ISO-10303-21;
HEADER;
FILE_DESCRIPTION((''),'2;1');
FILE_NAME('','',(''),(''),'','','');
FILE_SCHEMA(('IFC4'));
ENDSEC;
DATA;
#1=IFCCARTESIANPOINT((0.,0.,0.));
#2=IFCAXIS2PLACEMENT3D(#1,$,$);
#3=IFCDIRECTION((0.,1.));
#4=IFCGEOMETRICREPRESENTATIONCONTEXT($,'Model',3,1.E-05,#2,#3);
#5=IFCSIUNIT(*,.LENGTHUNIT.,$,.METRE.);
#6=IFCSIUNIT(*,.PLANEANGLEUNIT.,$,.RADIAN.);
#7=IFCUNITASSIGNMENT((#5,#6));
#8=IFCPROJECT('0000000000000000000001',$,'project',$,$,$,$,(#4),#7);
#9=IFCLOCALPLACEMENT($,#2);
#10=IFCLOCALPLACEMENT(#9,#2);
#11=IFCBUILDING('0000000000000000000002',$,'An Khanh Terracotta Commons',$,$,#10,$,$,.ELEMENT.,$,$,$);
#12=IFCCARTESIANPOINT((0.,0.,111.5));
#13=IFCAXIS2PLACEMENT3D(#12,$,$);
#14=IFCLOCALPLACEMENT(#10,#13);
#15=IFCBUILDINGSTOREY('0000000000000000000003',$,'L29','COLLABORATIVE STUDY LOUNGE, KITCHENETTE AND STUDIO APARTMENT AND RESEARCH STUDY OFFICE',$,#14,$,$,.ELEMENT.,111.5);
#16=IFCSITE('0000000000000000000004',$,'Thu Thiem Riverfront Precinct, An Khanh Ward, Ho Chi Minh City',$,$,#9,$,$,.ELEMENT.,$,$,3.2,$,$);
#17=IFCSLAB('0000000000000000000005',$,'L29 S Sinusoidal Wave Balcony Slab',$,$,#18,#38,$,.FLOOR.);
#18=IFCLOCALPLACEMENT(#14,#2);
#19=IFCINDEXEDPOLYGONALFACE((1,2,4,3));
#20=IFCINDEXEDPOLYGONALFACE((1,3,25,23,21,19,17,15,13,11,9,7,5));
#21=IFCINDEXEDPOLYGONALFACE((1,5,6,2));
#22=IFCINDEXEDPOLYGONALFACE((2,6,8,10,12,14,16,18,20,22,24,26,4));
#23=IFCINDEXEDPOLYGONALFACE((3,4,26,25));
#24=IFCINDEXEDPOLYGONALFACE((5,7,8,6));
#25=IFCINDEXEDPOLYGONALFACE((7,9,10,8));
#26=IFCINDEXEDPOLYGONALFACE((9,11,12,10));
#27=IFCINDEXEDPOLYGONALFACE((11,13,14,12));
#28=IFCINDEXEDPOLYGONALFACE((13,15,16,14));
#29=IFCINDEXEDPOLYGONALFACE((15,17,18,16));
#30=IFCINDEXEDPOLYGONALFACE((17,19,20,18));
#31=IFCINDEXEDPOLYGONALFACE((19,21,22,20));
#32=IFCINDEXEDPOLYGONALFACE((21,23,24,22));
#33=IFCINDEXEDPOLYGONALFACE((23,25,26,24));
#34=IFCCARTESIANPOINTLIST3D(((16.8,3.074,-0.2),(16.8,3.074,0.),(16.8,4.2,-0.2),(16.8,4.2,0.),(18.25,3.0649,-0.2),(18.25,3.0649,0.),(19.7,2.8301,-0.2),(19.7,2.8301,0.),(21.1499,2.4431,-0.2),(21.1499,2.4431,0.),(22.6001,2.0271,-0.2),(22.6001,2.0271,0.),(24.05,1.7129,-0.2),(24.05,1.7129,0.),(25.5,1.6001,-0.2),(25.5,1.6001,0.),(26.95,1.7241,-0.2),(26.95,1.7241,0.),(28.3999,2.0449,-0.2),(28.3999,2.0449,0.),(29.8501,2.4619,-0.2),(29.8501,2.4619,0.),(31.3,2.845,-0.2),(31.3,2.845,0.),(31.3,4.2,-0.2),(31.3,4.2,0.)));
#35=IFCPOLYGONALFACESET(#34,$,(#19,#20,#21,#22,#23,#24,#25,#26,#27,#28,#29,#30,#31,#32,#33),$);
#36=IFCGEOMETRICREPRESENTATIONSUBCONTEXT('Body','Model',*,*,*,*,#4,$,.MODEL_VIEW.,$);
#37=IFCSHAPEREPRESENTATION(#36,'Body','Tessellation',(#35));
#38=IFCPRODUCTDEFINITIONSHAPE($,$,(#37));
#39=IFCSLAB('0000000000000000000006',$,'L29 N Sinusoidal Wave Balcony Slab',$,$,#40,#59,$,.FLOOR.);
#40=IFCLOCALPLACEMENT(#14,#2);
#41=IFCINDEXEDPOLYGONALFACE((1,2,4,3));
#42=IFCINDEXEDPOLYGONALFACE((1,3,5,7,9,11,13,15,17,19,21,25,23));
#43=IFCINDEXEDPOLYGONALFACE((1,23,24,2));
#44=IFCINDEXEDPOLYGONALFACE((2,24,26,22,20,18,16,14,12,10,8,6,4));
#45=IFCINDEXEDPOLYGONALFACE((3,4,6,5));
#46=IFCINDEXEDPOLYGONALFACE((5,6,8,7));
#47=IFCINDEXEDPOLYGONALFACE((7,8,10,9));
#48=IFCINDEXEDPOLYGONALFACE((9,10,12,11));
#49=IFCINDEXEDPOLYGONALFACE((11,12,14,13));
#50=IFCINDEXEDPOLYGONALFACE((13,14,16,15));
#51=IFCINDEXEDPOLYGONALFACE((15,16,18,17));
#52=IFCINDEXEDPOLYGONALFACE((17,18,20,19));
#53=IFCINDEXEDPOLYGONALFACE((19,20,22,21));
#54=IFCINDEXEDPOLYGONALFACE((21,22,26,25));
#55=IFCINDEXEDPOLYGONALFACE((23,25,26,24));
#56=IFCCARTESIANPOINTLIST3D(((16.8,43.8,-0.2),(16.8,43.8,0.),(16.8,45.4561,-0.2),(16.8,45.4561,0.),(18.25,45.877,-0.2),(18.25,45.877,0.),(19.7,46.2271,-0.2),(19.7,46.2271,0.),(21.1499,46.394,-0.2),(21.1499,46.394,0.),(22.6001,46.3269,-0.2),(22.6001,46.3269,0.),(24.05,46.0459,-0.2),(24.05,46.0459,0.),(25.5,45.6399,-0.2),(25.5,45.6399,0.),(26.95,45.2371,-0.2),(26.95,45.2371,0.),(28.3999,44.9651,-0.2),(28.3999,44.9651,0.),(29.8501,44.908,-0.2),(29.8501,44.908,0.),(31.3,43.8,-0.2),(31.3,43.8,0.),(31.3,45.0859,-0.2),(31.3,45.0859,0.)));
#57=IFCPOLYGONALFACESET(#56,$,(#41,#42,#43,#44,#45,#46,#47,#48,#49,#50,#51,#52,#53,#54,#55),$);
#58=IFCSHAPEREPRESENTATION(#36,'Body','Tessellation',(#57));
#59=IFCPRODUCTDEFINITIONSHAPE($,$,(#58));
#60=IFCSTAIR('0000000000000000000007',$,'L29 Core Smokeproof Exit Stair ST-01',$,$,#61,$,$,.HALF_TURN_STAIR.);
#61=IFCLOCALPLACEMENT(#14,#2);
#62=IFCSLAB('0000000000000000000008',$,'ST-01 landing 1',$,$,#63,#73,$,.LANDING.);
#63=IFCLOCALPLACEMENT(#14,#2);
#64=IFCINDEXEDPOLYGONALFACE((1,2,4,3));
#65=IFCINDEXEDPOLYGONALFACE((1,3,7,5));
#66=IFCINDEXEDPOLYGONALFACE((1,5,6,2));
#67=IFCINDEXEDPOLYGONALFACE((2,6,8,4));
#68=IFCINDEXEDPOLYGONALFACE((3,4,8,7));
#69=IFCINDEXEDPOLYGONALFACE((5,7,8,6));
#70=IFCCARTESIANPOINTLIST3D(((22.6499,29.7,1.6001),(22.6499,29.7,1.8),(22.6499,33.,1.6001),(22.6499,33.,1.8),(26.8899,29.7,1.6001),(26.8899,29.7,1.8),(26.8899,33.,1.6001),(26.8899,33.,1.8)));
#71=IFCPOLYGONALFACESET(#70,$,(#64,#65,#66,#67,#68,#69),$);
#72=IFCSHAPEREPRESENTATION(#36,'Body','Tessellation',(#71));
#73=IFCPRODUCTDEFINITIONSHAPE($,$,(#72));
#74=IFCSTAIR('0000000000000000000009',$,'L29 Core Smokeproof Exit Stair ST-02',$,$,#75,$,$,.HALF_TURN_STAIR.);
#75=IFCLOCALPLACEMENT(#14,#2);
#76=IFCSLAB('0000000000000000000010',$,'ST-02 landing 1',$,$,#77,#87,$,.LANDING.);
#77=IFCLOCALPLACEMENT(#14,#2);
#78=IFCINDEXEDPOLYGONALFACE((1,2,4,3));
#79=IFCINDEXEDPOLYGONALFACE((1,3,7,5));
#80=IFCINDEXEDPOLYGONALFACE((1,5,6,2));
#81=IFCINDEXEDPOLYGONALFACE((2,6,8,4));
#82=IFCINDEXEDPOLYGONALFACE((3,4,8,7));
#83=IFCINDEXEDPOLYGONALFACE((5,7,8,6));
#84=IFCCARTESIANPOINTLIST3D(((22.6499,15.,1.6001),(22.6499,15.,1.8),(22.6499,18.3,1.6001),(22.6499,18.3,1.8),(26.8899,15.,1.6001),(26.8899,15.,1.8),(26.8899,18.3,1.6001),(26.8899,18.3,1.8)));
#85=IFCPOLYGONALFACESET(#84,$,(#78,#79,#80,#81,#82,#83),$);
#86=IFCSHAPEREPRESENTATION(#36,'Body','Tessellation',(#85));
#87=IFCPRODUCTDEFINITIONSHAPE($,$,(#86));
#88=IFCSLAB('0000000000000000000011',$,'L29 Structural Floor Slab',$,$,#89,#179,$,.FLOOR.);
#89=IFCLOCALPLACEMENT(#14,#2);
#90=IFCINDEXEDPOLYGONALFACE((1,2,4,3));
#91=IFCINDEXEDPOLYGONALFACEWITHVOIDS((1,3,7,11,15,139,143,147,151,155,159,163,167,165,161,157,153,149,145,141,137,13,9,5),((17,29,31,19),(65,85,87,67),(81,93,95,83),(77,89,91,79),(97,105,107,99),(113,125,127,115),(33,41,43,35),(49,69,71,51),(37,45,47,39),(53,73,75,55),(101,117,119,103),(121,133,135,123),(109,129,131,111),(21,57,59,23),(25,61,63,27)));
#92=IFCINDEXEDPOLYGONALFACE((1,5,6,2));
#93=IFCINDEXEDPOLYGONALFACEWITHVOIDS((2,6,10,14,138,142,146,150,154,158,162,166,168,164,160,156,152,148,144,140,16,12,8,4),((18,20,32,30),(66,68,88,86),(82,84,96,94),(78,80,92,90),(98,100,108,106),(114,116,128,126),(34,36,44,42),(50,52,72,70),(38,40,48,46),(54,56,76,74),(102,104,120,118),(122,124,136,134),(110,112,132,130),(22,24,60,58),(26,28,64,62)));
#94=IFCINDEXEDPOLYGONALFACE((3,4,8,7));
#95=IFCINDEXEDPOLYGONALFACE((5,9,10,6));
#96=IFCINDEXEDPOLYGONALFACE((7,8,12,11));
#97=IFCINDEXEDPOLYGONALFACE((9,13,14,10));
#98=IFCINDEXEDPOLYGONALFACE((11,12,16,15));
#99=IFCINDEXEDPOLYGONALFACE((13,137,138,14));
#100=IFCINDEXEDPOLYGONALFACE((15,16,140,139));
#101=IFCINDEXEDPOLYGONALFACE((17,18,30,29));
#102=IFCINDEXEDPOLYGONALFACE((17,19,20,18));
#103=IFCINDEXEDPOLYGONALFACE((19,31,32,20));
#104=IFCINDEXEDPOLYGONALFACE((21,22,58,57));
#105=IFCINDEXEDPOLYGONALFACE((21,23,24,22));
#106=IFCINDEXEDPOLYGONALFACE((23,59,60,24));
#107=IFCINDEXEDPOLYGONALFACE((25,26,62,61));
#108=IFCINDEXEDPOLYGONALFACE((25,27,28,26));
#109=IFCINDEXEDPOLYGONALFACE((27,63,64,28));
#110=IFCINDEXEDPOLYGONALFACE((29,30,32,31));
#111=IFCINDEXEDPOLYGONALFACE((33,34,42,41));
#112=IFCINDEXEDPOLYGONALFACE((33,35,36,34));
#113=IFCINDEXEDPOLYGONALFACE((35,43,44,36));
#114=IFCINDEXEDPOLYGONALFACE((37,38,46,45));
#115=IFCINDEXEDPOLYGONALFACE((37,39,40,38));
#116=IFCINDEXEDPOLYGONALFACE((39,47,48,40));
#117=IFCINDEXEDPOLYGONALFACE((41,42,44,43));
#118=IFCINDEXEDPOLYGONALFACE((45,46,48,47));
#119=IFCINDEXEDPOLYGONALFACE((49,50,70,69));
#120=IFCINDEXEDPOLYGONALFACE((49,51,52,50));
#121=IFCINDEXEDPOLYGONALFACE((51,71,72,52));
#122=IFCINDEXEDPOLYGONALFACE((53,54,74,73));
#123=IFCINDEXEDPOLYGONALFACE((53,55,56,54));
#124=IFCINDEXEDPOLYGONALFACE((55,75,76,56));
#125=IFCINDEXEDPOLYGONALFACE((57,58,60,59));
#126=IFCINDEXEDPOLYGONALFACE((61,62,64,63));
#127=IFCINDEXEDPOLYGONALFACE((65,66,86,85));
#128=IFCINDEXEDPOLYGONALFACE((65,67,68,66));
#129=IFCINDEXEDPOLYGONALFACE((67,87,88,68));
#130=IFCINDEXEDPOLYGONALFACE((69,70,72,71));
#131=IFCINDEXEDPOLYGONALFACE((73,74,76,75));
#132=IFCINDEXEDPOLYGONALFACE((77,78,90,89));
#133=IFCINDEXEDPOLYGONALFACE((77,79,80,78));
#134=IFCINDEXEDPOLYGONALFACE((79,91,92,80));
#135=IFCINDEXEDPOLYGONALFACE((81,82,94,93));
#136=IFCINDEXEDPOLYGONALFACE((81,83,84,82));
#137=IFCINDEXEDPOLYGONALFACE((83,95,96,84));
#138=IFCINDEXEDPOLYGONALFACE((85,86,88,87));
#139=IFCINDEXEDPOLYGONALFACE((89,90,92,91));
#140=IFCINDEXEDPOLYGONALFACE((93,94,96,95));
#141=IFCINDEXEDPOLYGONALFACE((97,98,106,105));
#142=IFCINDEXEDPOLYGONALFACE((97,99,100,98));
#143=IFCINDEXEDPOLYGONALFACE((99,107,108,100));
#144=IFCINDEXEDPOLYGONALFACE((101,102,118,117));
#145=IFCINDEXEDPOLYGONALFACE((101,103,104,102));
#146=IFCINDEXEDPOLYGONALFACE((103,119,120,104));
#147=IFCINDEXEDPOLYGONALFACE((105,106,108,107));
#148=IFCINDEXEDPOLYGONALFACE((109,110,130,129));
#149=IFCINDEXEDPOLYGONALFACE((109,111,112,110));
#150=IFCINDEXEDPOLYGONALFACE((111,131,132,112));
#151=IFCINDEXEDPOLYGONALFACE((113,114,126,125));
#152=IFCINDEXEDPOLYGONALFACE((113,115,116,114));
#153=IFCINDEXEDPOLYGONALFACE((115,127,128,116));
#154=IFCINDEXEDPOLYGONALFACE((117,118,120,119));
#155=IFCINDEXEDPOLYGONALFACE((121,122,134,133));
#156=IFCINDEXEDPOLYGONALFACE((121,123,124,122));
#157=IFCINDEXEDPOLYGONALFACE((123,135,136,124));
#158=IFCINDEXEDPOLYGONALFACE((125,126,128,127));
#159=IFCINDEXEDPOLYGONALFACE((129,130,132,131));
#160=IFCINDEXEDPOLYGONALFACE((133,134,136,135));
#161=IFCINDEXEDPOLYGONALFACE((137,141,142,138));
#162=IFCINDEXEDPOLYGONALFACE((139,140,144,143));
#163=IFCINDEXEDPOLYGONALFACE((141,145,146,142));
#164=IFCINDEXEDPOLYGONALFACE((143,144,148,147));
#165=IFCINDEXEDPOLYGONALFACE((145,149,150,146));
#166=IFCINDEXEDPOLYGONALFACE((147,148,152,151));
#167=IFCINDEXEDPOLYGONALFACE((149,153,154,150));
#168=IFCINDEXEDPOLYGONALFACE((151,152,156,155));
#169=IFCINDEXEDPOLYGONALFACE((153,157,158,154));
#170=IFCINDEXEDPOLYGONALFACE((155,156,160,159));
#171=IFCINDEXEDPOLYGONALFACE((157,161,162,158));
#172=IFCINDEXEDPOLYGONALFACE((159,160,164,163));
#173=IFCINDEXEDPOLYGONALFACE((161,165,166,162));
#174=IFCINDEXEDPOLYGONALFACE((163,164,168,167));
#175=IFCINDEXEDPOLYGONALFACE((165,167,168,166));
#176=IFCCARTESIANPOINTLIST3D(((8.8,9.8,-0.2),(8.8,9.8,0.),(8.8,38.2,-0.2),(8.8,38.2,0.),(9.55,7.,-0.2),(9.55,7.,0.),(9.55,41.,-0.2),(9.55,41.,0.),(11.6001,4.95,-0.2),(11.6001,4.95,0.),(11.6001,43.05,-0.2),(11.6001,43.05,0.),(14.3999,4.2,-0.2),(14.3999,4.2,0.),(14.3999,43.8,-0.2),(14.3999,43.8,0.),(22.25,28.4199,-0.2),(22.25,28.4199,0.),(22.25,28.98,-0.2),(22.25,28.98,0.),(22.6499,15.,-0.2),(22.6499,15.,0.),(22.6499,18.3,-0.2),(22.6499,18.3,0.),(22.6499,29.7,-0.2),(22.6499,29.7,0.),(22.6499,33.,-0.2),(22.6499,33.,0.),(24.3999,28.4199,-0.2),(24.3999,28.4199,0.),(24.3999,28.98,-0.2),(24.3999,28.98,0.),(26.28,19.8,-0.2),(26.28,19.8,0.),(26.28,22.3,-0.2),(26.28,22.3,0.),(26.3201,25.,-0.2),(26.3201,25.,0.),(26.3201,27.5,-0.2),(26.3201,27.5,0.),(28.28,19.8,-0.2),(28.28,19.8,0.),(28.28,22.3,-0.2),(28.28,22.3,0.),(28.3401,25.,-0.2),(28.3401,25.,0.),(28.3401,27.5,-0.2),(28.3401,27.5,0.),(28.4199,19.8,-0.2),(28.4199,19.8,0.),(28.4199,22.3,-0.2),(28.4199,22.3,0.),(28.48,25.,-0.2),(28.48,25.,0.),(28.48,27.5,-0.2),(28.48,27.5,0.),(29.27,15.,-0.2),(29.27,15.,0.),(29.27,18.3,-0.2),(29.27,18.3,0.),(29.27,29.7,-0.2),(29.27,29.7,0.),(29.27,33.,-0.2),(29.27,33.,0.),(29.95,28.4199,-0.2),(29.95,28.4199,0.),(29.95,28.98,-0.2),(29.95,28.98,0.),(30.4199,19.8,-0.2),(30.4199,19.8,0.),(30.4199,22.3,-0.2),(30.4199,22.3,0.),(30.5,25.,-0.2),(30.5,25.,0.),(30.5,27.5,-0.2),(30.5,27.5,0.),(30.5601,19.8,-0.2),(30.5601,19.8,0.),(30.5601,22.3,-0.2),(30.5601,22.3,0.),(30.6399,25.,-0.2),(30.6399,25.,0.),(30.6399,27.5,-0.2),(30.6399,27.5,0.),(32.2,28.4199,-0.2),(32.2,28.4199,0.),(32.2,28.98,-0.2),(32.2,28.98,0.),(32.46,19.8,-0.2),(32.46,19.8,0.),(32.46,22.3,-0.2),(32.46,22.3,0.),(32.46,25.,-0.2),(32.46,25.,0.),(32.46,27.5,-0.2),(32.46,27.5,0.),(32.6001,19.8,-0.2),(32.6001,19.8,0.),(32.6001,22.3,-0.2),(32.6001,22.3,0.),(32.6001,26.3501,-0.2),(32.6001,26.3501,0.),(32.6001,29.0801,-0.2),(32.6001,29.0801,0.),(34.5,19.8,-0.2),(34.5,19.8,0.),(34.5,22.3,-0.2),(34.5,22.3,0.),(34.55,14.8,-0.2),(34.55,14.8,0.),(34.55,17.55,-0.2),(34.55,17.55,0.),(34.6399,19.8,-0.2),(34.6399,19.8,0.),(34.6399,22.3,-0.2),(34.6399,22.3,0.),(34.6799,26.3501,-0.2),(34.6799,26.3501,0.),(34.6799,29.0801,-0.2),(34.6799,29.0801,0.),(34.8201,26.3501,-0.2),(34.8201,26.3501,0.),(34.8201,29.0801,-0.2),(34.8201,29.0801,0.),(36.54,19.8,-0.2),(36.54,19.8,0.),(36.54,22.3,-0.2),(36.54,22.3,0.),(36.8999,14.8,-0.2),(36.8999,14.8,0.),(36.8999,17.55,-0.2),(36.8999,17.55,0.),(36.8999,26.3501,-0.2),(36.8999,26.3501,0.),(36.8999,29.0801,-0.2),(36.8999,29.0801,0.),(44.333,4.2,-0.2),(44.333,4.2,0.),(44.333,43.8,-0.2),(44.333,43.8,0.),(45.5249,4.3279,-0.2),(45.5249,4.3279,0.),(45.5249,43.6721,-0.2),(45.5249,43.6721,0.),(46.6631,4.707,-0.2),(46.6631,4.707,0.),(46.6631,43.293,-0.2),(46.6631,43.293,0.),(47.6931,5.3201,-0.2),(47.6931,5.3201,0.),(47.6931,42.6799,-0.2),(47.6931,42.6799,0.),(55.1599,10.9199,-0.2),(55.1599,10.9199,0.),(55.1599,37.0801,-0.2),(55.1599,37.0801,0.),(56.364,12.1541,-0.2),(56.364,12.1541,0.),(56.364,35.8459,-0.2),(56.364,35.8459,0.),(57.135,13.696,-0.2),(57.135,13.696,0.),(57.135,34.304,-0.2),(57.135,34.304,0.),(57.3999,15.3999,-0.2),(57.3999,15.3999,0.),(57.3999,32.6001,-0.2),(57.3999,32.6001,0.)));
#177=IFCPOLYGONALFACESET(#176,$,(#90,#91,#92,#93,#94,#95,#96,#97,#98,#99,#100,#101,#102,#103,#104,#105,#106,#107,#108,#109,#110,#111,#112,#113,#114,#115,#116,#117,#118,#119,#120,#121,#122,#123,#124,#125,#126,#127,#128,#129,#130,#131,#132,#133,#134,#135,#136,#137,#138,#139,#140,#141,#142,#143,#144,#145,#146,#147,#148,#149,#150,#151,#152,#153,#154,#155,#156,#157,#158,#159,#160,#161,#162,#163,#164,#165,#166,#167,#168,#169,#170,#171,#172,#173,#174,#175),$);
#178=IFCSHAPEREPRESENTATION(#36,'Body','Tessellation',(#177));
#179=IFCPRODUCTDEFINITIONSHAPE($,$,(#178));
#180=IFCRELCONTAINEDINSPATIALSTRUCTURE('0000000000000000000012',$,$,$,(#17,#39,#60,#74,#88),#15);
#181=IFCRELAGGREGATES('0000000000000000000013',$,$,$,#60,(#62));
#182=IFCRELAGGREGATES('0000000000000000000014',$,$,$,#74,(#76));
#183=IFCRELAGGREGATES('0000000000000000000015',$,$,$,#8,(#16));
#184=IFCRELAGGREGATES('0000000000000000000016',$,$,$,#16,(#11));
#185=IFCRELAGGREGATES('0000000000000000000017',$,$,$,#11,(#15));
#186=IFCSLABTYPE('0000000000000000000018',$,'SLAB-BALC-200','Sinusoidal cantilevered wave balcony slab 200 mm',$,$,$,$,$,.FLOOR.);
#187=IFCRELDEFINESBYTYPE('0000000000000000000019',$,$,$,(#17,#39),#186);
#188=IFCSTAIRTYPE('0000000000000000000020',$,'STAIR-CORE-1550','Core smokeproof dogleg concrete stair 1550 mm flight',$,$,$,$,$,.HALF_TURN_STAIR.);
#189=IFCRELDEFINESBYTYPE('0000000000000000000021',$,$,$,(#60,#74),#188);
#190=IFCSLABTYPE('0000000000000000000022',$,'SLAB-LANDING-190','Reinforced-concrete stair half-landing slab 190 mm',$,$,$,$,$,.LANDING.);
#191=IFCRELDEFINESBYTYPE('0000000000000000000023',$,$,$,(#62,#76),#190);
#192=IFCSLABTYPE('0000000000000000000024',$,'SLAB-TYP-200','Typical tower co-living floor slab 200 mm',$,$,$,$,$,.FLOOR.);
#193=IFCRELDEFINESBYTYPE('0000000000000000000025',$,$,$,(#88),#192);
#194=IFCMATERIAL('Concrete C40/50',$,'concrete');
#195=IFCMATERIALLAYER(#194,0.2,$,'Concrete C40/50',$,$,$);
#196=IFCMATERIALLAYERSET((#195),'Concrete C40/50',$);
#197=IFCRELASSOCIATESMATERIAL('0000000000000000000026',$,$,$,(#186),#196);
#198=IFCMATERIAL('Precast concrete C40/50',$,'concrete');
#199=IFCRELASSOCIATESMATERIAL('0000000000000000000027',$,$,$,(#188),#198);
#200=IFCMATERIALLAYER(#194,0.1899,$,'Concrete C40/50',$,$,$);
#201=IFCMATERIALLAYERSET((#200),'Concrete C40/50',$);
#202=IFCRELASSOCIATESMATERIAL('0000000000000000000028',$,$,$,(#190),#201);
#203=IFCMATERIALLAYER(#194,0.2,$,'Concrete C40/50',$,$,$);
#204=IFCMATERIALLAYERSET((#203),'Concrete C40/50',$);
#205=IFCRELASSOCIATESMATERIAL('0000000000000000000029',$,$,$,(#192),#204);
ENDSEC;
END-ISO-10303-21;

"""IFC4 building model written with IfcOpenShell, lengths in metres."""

from ifc_helpers import new_model, si_unit, direction, frame, origin, place, context, subcontext, project, spatial, polyline, outline, extrude, material, layer, layer_set, type_object, element, aggregate, save


model = new_model("IFC4")

# Units and contexts
model_context = context("Model", 3, precision=1e-05, world=origin(), true_north=direction((0.0, 1.0)))
body_context = subcontext(model_context, "Body", "Model", "MODEL_VIEW")
ifc_project = project(units=[si_unit("LENGTHUNIT", "METRE"), si_unit("PLANEANGLEUNIT", "RADIAN")], contexts=[model_context])

# Site, building, storey
site_placement = place(None, origin())
site = spatial("IfcSite", under=ifc_project, at=site_placement, Name="Thu Thiem Riverfront Precinct, An Khanh Ward, Ho Chi Minh City", CompositionType="ELEMENT", RefElevation=3.2)
building_placement = place(site_placement, origin())
building = spatial("IfcBuilding", under=site, at=building_placement, Name="An Khanh Terracotta Commons", CompositionType="ELEMENT")
storey_placement = place(building_placement, frame((0.0, 0.0, 111.5)))
storey = spatial("IfcBuildingStorey", under=building, at=storey_placement, Name="L29", Description="COLLABORATIVE STUDY LOUNGE, KITCHENETTE AND STUDIO APARTMENT AND RESEARCH STUDY OFFICE", CompositionType="ELEMENT", Elevation=111.5)

# Slabs
ifc_material_1 = material(Name="Concrete C40/50", Category="concrete")
ifc_layer_1 = layer(ifc_material_1, 0.2, Name="Concrete C40/50")
ifc_layer_set_1 = layer_set([ifc_layer_1], Name="Concrete C40/50")
slab_type_1 = type_object("IfcSlabType", Name="SLAB-BALC-200", Description="Sinusoidal cantilevered wave balcony slab 200 mm", PredefinedType="FLOOR", material=ifc_layer_set_1)
slab_1_placement = place(storey_placement, frame((0.0, 0.0, -0.2)))
element("IfcSlab", 1, at=slab_1_placement, inside=storey, type_object=slab_type_1, Name="L29 S Sinusoidal Wave Balcony Slab", PredefinedType="FLOOR", context=body_context, shape_type="SweptSolid", body=[
    extrude(outline(polyline([(16.8, 4.2), (16.8, 3.074), (18.25, 3.0649), (19.7, 2.8301), (21.1499, 2.4431), (22.6001, 2.0271), (24.05, 1.7129), (25.5, 1.6001), (26.95, 1.7241), (28.3999, 2.0449), (29.8501, 2.4619), (31.3, 2.845), (31.3, 4.2), (16.8, 4.2)])), origin(), (0.0, 0.0, 1.0), 0.2),
])
slab_2_placement = place(storey_placement, frame((0.0, 0.0, -0.2)))
element("IfcSlab", 2, at=slab_2_placement, inside=storey, type_object=slab_type_1, Name="L29 N Sinusoidal Wave Balcony Slab", PredefinedType="FLOOR", context=body_context, shape_type="SweptSolid", body=[
    extrude(outline(polyline([(31.3, 43.8), (31.3, 45.0859), (29.8501, 44.908), (28.3999, 44.9651), (26.95, 45.2371), (25.5, 45.6399), (24.05, 46.0459), (22.6001, 46.3269), (21.1499, 46.394), (19.7, 46.2271), (18.25, 45.877), (16.8, 45.4561), (16.8, 43.8), (31.3, 43.8)])), origin(), (0.0, 0.0, 1.0), 0.2),
])

# Stairs, slabs
ifc_material_2 = material(Name="Precast concrete C40/50", Category="concrete")
stair_type = type_object("IfcStairType", Name="STAIR-CORE-1550", Description="Core smokeproof dogleg concrete stair 1550 mm flight", PredefinedType="HALF_TURN_STAIR", material=ifc_material_2)
stair_1_placement = place(storey_placement, origin())
stair_1 = element("IfcStair", 3, at=stair_1_placement, inside=storey, type_object=stair_type, Name="L29 Core Smokeproof Exit Stair ST-01", PredefinedType="HALF_TURN_STAIR")
ifc_layer_2 = layer(ifc_material_1, 0.1899, Name="Concrete C40/50")
ifc_layer_set_2 = layer_set([ifc_layer_2], Name="Concrete C40/50")
slab_type_2 = type_object("IfcSlabType", Name="SLAB-LANDING-190", Description="Reinforced-concrete stair half-landing slab 190 mm", PredefinedType="LANDING", material=ifc_layer_set_2)
slab_3_placement = place(storey_placement, frame((0.0, 0.0, 1.6001)))
slab_3 = element("IfcSlab", 4, at=slab_3_placement, type_object=slab_type_2, Name="ST-01 landing 1", PredefinedType="LANDING", context=body_context, shape_type="SweptSolid", body=[
    extrude(outline(polyline([(26.8899, 33.0), (22.6499, 33.0), (22.6499, 29.7), (26.8899, 29.7), (26.8899, 33.0)])), origin(), (0.0, 0.0, 1.0), 0.2),
])
aggregate(stair_1, [slab_3])
stair_2_placement = place(storey_placement, origin())
stair_2 = element("IfcStair", 5, at=stair_2_placement, inside=storey, type_object=stair_type, Name="L29 Core Smokeproof Exit Stair ST-02", PredefinedType="HALF_TURN_STAIR")
slab_4_placement = place(storey_placement, frame((0.0, 0.0, 1.6001)))
slab_4 = element("IfcSlab", 6, at=slab_4_placement, type_object=slab_type_2, Name="ST-02 landing 1", PredefinedType="LANDING", context=body_context, shape_type="SweptSolid", body=[
    extrude(outline(polyline([(26.8899, 18.3), (22.6499, 18.3), (22.6499, 15.0), (26.8899, 15.0), (26.8899, 18.3)])), origin(), (0.0, 0.0, 1.0), 0.2),
])
aggregate(stair_2, [slab_4])

# Slab
ifc_layer_3 = layer(ifc_material_1, 0.2, Name="Concrete C40/50")
ifc_layer_set_3 = layer_set([ifc_layer_3], Name="Concrete C40/50")
slab_type_3 = type_object("IfcSlabType", Name="SLAB-TYP-200", Description="Typical tower co-living floor slab 200 mm", PredefinedType="FLOOR", material=ifc_layer_set_3)
slab_5_placement = place(storey_placement, frame((0.0, 0.0, -0.2)))
element("IfcSlab", 7, at=slab_5_placement, inside=storey, type_object=slab_type_3, Name="L29 Structural Floor Slab", PredefinedType="FLOOR", context=body_context, shape_type="SweptSolid", body=[
    extrude(outline(polyline([(8.8, 9.8), (9.55, 7.0), (11.6001, 4.95), (14.3999, 4.2), (44.333, 4.2), (45.5249, 4.3279), (46.6631, 4.707), (47.6931, 5.3201), (55.1599, 10.9199), (56.364, 12.1541), (57.135, 13.696), (57.3999, 15.3999), (57.3999, 32.6001), (57.135, 34.304), (56.364, 35.8459), (55.1599, 37.0801), (47.6931, 42.6799), (46.6631, 43.293), (45.5249, 43.6721), (44.333, 43.8), (14.3999, 43.8), (11.6001, 43.05), (9.55, 41.0), (8.8, 38.2), (8.8, 9.8)]), holes=[polyline([(22.6499, 29.7), (29.27, 29.7), (29.27, 33.0), (22.6499, 33.0), (22.6499, 29.7)]), polyline([(22.6499, 15.0), (29.27, 15.0), (29.27, 18.3), (22.6499, 18.3), (22.6499, 15.0)]), polyline([(32.6001, 26.3501), (34.6799, 26.3501), (34.6799, 29.0801), (32.6001, 29.0801), (32.6001, 26.3501)]), polyline([(34.8201, 26.3501), (36.8999, 26.3501), (36.8999, 29.0801), (34.8201, 29.0801), (34.8201, 26.3501)]), polyline([(34.55, 14.8), (36.8999, 14.8), (36.8999, 17.55), (34.55, 17.55), (34.55, 14.8)]), polyline([(26.3201, 25.0), (28.3401, 25.0), (28.3401, 27.5), (26.3201, 27.5), (26.3201, 25.0)]), polyline([(28.48, 25.0), (30.5, 25.0), (30.5, 27.5), (28.48, 27.5), (28.48, 25.0)]), polyline([(26.28, 19.8), (28.28, 19.8), (28.28, 22.3), (26.28, 22.3), (26.28, 19.8)]), polyline([(28.4199, 19.8), (30.4199, 19.8), (30.4199, 22.3), (28.4199, 22.3), (28.4199, 19.8)]), polyline([(30.6399, 25.0), (32.46, 25.0), (32.46, 27.5), (30.6399, 27.5), (30.6399, 25.0)]), polyline([(30.5601, 19.8), (32.46, 19.8), (32.46, 22.3), (30.5601, 22.3), (30.5601, 19.8)]), polyline([(32.6001, 19.8), (34.5, 19.8), (34.5, 22.3), (32.6001, 22.3), (32.6001, 19.8)]), polyline([(34.6399, 19.8), (36.54, 19.8), (36.54, 22.3), (34.6399, 22.3), (34.6399, 19.8)]), polyline([(22.25, 28.4199), (24.3999, 28.4199), (24.3999, 28.98), (22.25, 28.98), (22.25, 28.4199)]), polyline([(29.95, 28.4199), (32.2, 28.4199), (32.2, 28.98), (29.95, 28.98), (29.95, 28.4199)])]), origin(), (0.0, 0.0, 1.0), 0.2),
])

save(model, "model.ifc")
